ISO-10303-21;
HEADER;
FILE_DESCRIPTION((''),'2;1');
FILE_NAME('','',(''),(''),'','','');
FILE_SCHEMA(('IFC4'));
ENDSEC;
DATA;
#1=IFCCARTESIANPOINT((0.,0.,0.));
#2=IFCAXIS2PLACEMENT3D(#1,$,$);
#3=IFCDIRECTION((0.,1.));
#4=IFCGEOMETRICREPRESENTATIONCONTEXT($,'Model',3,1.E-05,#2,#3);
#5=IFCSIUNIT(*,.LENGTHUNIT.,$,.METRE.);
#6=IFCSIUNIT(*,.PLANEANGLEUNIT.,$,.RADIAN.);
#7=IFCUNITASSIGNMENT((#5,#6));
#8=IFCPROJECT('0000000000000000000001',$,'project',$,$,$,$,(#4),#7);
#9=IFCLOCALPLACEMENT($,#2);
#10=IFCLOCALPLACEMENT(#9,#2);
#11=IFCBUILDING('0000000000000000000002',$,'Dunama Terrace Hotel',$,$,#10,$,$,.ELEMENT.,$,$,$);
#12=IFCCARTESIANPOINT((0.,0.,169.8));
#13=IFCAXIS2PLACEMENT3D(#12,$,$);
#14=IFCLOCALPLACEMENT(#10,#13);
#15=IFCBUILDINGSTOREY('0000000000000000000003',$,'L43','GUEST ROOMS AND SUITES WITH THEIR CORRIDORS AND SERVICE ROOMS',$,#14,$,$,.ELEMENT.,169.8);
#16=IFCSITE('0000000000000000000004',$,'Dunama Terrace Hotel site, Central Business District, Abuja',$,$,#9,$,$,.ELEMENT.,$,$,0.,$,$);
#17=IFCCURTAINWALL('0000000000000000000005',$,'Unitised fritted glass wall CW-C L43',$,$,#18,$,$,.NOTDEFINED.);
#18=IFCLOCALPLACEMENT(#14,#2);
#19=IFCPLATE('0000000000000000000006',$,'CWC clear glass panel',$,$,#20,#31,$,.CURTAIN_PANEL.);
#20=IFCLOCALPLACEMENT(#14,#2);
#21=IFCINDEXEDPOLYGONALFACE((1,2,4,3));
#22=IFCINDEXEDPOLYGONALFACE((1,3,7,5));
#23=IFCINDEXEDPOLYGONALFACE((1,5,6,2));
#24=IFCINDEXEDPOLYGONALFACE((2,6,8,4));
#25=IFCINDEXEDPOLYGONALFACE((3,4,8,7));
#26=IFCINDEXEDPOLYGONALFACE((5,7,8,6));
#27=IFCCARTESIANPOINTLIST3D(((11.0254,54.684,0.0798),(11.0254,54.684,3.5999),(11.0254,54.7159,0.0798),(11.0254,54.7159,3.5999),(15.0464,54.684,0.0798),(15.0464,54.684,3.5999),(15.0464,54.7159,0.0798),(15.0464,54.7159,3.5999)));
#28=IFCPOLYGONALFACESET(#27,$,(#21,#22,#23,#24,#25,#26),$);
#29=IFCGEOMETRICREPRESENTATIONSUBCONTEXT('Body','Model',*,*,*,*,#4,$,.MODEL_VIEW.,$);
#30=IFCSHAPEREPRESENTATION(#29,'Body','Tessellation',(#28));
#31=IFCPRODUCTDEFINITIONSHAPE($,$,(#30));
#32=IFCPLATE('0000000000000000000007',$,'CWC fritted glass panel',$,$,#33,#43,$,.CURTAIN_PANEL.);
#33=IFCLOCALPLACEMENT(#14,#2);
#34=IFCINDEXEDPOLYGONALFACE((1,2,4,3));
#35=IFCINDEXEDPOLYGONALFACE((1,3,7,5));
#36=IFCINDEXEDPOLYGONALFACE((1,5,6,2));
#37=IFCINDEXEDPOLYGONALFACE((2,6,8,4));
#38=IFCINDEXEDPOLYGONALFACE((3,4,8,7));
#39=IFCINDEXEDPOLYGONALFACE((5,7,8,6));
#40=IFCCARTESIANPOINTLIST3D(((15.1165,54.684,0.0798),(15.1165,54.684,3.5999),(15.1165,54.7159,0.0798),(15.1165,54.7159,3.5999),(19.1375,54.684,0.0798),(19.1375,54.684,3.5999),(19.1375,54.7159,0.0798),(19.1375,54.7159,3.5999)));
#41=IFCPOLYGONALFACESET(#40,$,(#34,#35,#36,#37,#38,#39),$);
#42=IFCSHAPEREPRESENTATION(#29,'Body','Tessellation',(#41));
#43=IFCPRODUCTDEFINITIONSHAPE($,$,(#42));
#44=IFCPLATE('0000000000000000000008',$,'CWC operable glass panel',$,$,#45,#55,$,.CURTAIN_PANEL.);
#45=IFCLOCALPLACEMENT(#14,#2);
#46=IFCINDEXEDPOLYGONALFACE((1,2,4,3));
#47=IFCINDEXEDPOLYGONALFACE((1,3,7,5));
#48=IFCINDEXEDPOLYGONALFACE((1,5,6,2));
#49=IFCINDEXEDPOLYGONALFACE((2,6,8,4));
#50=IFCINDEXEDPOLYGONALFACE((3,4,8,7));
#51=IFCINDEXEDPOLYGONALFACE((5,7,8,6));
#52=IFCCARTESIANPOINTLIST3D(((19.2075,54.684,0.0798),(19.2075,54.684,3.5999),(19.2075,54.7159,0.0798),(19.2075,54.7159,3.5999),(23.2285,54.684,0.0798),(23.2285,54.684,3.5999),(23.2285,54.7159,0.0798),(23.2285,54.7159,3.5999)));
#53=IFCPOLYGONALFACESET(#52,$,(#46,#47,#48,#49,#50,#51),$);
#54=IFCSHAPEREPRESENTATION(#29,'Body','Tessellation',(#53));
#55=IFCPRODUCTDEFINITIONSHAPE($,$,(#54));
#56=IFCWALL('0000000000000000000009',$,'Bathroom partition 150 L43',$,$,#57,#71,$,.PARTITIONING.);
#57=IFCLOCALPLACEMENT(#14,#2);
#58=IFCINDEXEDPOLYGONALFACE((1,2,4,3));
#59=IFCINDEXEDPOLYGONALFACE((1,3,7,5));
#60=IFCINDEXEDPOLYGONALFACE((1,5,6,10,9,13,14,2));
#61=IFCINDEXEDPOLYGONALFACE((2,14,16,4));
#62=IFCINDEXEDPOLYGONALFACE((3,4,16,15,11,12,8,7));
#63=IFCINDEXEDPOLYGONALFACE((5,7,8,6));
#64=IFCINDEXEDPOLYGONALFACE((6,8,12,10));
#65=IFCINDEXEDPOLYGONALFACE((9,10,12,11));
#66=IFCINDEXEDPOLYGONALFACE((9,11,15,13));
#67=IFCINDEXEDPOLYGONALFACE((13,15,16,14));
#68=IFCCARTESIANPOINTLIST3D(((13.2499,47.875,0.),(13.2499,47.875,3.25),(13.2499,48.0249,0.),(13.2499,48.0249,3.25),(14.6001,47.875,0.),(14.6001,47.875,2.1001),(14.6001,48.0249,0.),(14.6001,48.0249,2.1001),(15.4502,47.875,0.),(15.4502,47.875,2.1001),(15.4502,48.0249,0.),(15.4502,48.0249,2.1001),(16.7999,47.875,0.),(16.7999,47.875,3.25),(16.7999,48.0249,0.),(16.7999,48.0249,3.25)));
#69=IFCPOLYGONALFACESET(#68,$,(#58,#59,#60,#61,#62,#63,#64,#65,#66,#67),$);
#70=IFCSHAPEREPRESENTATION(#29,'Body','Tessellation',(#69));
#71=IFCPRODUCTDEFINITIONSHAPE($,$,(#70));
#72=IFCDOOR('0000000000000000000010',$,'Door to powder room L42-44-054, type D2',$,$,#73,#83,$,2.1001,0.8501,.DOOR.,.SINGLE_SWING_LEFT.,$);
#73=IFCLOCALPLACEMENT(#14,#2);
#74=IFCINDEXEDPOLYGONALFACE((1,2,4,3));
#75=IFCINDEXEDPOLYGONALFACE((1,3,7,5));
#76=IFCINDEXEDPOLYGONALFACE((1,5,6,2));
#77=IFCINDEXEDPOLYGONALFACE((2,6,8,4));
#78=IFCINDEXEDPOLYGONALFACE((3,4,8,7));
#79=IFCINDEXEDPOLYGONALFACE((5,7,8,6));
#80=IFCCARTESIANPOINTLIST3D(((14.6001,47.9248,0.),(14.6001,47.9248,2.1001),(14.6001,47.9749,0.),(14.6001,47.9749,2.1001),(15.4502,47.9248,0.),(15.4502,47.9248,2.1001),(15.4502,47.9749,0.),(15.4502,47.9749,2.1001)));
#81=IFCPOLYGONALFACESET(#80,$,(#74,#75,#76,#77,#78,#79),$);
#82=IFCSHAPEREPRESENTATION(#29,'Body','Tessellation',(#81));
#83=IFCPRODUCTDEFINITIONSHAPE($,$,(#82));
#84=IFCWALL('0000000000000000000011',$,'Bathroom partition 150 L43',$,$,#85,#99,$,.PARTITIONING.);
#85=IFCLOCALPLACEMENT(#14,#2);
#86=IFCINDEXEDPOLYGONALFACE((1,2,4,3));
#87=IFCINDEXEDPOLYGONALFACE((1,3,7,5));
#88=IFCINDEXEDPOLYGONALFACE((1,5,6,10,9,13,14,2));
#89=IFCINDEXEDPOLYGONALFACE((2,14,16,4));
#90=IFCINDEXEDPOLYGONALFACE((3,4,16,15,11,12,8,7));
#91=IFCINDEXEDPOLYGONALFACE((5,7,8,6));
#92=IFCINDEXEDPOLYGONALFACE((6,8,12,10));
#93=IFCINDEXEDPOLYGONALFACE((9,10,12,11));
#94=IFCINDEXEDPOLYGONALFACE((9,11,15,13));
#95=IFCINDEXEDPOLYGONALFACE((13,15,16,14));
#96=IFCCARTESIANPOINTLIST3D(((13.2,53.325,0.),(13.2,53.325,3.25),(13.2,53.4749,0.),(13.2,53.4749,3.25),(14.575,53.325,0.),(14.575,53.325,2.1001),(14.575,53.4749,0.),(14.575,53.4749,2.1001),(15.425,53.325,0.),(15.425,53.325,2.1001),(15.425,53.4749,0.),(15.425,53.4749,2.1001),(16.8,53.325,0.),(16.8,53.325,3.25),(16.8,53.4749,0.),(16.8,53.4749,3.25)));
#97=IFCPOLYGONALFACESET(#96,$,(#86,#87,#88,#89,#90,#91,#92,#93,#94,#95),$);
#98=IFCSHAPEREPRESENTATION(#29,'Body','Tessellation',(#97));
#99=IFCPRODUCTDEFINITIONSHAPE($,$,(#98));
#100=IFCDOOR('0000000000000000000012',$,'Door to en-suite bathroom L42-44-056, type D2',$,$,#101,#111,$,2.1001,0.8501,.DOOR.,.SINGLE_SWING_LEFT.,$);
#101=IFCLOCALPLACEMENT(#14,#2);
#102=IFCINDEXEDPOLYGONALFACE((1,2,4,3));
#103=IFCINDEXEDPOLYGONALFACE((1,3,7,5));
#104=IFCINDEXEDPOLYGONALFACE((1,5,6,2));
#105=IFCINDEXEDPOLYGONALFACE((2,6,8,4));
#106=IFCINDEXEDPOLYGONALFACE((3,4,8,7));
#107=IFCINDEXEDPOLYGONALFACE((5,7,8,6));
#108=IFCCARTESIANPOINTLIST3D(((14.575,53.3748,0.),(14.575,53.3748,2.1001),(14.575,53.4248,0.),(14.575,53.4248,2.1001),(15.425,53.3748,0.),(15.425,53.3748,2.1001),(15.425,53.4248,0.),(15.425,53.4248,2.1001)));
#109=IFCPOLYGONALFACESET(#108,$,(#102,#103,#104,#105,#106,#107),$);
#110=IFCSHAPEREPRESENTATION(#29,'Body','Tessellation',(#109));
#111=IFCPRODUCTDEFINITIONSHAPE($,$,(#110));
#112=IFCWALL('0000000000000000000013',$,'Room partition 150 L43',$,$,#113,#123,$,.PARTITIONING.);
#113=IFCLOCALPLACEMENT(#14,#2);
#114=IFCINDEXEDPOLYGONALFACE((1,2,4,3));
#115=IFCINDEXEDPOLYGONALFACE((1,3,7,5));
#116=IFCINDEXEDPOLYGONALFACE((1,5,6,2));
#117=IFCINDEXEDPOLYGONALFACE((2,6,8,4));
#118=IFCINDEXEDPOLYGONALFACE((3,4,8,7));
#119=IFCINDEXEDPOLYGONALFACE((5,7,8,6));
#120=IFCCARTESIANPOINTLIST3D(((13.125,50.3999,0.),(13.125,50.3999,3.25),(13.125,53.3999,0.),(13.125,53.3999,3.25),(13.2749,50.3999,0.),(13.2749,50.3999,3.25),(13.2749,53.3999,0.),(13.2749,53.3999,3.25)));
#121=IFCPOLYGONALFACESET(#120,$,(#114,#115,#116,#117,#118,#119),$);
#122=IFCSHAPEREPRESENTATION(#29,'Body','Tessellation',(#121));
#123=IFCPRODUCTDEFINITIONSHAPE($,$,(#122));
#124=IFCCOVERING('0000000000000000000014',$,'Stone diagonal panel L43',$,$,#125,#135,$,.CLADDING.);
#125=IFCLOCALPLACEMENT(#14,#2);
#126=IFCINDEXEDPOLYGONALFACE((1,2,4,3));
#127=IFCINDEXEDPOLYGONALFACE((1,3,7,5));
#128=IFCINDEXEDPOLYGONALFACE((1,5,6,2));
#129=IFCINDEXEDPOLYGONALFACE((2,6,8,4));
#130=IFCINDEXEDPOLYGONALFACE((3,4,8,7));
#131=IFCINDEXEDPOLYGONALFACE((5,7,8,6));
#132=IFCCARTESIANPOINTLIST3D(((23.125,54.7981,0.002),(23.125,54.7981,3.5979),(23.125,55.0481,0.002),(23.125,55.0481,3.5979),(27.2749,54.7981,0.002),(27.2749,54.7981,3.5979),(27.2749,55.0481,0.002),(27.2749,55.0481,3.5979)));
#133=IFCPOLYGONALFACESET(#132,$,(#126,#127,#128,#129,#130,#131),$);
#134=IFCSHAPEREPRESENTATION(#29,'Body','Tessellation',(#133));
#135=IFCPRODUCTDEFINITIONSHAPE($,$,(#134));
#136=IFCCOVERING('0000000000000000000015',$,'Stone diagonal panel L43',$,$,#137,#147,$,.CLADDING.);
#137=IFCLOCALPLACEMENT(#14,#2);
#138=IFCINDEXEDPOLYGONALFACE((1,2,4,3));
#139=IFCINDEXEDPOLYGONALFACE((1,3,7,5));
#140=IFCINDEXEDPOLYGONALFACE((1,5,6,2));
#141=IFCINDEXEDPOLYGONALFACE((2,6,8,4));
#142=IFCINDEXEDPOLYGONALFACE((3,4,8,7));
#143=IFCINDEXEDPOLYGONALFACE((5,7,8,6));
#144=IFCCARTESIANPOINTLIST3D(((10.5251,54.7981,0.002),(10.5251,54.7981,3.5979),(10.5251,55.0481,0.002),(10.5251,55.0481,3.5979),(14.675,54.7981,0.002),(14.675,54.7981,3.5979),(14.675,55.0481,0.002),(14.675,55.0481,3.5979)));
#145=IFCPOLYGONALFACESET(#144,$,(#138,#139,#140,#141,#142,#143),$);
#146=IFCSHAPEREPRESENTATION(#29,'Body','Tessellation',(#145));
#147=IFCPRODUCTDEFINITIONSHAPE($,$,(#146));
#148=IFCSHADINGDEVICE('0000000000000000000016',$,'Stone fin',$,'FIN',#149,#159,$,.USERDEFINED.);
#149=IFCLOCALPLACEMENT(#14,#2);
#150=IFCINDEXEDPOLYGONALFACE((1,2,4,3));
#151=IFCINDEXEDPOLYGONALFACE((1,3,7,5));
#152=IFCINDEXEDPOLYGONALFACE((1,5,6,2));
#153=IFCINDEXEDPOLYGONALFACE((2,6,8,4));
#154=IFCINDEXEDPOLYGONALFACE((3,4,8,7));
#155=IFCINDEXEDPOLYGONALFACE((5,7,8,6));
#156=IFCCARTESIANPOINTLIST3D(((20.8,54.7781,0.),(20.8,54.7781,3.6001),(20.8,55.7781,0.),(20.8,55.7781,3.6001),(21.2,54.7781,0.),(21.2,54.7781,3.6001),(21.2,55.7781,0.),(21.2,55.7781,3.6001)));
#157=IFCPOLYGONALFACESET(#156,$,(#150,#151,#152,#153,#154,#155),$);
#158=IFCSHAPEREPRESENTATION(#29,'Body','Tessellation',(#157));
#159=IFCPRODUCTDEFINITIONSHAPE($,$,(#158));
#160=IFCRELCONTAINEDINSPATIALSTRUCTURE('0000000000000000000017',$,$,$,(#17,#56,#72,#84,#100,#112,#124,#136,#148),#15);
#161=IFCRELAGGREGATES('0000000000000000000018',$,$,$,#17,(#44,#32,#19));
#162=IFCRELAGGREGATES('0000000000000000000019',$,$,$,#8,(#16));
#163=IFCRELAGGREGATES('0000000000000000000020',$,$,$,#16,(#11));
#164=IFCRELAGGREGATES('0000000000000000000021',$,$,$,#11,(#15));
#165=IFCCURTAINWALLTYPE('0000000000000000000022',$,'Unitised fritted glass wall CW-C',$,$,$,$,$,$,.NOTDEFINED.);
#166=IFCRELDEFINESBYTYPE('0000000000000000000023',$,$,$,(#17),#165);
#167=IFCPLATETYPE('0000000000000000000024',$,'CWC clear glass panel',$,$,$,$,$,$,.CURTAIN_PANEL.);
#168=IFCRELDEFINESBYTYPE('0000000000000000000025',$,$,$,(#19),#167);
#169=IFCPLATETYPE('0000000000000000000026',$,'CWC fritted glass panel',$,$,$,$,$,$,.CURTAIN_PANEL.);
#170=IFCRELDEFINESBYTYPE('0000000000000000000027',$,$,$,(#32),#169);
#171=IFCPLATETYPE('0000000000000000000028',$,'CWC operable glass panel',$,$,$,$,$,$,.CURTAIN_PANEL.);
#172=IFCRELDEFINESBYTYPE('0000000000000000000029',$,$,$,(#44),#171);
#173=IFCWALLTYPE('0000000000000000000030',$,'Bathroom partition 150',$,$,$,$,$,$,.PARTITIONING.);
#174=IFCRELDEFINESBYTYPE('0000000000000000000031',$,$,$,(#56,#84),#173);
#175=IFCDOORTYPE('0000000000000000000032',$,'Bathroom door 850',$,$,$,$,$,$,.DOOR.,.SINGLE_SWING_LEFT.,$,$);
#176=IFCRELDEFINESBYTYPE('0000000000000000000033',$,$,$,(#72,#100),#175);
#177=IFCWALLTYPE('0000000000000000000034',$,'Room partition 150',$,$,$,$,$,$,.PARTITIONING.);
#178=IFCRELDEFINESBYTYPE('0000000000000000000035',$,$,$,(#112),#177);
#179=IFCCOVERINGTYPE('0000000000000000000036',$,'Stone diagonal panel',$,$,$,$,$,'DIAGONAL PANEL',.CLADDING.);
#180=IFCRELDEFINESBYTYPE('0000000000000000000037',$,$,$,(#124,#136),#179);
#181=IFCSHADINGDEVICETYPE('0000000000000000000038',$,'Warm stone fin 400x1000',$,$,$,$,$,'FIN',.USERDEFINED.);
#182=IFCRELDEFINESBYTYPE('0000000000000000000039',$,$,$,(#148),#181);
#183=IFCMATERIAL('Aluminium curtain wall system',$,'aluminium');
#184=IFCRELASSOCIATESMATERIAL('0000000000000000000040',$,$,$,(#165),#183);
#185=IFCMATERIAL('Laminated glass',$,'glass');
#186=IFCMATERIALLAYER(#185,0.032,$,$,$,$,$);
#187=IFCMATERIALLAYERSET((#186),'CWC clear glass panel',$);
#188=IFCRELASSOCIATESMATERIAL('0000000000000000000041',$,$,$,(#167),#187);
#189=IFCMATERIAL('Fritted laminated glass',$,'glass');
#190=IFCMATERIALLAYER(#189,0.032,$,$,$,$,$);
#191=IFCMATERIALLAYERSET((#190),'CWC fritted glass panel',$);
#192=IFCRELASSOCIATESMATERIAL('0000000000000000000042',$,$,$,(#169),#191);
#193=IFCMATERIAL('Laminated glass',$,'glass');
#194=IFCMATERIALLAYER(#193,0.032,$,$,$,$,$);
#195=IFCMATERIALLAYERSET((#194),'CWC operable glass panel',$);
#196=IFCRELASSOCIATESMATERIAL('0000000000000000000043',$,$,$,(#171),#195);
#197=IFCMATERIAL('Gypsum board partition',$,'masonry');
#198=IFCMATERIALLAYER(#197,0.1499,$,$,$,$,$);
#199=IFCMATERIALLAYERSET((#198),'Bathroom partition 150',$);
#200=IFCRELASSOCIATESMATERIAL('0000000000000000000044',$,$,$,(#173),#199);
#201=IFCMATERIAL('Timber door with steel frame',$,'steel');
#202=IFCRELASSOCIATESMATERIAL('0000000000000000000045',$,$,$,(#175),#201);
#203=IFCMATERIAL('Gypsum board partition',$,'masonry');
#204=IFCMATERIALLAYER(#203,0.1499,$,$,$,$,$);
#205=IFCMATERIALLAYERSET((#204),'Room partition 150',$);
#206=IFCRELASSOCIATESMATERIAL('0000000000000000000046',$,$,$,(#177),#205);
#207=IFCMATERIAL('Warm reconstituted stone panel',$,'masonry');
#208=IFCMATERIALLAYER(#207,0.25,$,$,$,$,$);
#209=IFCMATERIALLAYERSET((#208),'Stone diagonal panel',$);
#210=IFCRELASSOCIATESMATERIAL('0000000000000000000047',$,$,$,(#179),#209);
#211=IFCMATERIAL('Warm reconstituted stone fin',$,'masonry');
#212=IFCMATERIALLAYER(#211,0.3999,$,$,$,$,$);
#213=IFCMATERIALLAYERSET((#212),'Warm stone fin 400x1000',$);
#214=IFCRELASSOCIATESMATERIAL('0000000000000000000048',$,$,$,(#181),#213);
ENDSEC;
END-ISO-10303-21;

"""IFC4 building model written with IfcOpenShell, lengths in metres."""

from ifc_helpers import new_model, si_unit, direction, frame, frame_2d, origin, origin_2d, place, context, subcontext, project, spatial, rectangle, extrude, material, layer, layer_set, type_object, element, fill, aggregate, save


model = new_model("IFC4")

# Units and contexts
model_context = context("Model", 3, precision=1e-05, world=origin(), true_north=direction((0.0, 1.0)))
body_context = subcontext(model_context, "Body", "Model", "MODEL_VIEW")
ifc_project = project(units=[si_unit("LENGTHUNIT", "METRE"), si_unit("PLANEANGLEUNIT", "RADIAN")], contexts=[model_context])

# Site, building, storey
site_placement = place(None, origin())
site = spatial("IfcSite", under=ifc_project, at=site_placement, Name="Dunama Terrace Hotel site, Central Business District, Abuja", CompositionType="ELEMENT", RefElevation=0.0)
building_placement = place(site_placement, origin())
building = spatial("IfcBuilding", under=site, at=building_placement, Name="Dunama Terrace Hotel", CompositionType="ELEMENT")
storey_placement = place(building_placement, frame((0.0, 0.0, 169.8)))
storey = spatial("IfcBuildingStorey", under=building, at=storey_placement, Name="L43", Description="GUEST ROOMS AND SUITES WITH THEIR CORRIDORS AND SERVICE ROOMS", CompositionType="ELEMENT", Elevation=169.8)

# Curtain wall
ifc_material_1 = material(Name="Aluminium curtain wall system", Category="aluminium")
curtain_wall_type = type_object("IfcCurtainWallType", Name="Unitised fritted glass wall CW-C", PredefinedType="NOTDEFINED", material=ifc_material_1)
curtain_wall_placement = place(storey_placement, origin())
curtain_wall = element("IfcCurtainWall", 1, at=curtain_wall_placement, inside=storey, type_object=curtain_wall_type, Name="Unitised fritted glass wall CW-C L43", PredefinedType="NOTDEFINED")

# Plates
ifc_material_2 = material(Name="Laminated glass", Category="glass")
ifc_layer_1 = layer(ifc_material_2, 0.032)
ifc_layer_set_1 = layer_set([ifc_layer_1], Name="CWC clear glass panel")
plate_type_1 = type_object("IfcPlateType", Name="CWC clear glass panel", PredefinedType="CURTAIN_PANEL", material=ifc_layer_set_1)
plate_1_placement = place(storey_placement, frame((13.0359, 54.7, 0.0798), z_axis=(0.0, 0.0, 1.0), x_axis=(-1.0, 0.0, 0.0)))
plate_1 = element("IfcPlate", 2, at=plate_1_placement, type_object=plate_type_1, Name="CWC clear glass panel", PredefinedType="CURTAIN_PANEL", context=body_context, shape_type="SweptSolid", body=[
    extrude(rectangle(XDim=4.021, YDim=0.032, at=origin_2d()), origin(), (0.0, 0.0, 1.0), 3.52),
])
ifc_material_3 = material(Name="Fritted laminated glass", Category="glass")
ifc_layer_2 = layer(ifc_material_3, 0.032)
ifc_layer_set_2 = layer_set([ifc_layer_2], Name="CWC fritted glass panel")
plate_type_2 = type_object("IfcPlateType", Name="CWC fritted glass panel", PredefinedType="CURTAIN_PANEL", material=ifc_layer_set_2)
plate_2_placement = place(storey_placement, frame((17.127, 54.7, 0.0798), z_axis=(0.0, 0.0, 1.0), x_axis=(-1.0, 0.0, 0.0)))
plate_2 = element("IfcPlate", 3, at=plate_2_placement, type_object=plate_type_2, Name="CWC fritted glass panel", PredefinedType="CURTAIN_PANEL", context=body_context, shape_type="SweptSolid", body=[
    extrude(rectangle(XDim=4.021, YDim=0.032, at=origin_2d()), origin(), (0.0, 0.0, 1.0), 3.52),
])
ifc_material_4 = material(Name="Laminated glass", Category="glass")
ifc_layer_3 = layer(ifc_material_4, 0.032)
ifc_layer_set_3 = layer_set([ifc_layer_3], Name="CWC operable glass panel")
plate_type_3 = type_object("IfcPlateType", Name="CWC operable glass panel", PredefinedType="CURTAIN_PANEL", material=ifc_layer_set_3)
plate_3_placement = place(storey_placement, frame((21.218, 54.7, 0.0798), z_axis=(0.0, 0.0, 1.0), x_axis=(-1.0, 0.0, 0.0)))
plate_3 = element("IfcPlate", 4, at=plate_3_placement, type_object=plate_type_3, Name="CWC operable glass panel", PredefinedType="CURTAIN_PANEL", context=body_context, shape_type="SweptSolid", body=[
    extrude(rectangle(XDim=4.021, YDim=0.032, at=origin_2d()), origin(), (0.0, 0.0, 1.0), 3.52),
])
aggregate(curtain_wall, [plate_3, plate_2, plate_1])

# Walls, openings, doors
ifc_material_5 = material(Name="Gypsum board partition", Category="masonry")
ifc_layer_4 = layer(ifc_material_5, 0.1499)
ifc_layer_set_4 = layer_set([ifc_layer_4], Name="Bathroom partition 150")
wall_type_1 = type_object("IfcWallType", Name="Bathroom partition 150", PredefinedType="PARTITIONING", material=ifc_layer_set_4)
wall_1_placement = place(storey_placement, frame((13.25, 47.95, 0.0), z_axis=(0.0, 0.0, 1.0), x_axis=(1.0, 0.0, 0.0)))
wall_1 = element("IfcWall", 5, at=wall_1_placement, inside=storey, type_object=wall_type_1, Name="Bathroom partition 150 L43", PredefinedType="PARTITIONING", context=body_context, shape_type="SweptSolid", body=[
    extrude(rectangle(XDim=3.55, YDim=0.1499, at=frame_2d((1.7749, 0.0))), origin(), (0.0, 0.0, 1.0), 3.25),
])
opening_1_placement = place(wall_1_placement, frame((1.3501, 0.0, 0.0)))
opening_1 = element("IfcOpeningElement", 6, at=opening_1_placement, cuts=wall_1, PredefinedType="OPENING", context=body_context, shape_type="SweptSolid", body=[
    extrude(rectangle(XDim=0.8501, YDim=2.1001, at=frame_2d((0.425, 1.05))), frame((0.0, 0.085, 0.0), z_axis=(0.0, -1.0, 0.0), x_axis=(1.0, 0.0, 0.0)), (0.0, 0.0, 1.0), 0.1699),
])
ifc_material_6 = material(Name="Timber door with steel frame", Category="steel")
door_type = type_object("IfcDoorType", Name="Bathroom door 850", OperationType="SINGLE_SWING_LEFT", PredefinedType="DOOR", material=ifc_material_6)
door_1_placement = place(opening_1_placement, frame((0.8501, 0.0, 0.0), z_axis=(0.0, 0.0, 1.0), x_axis=(-1.0, 0.0, 0.0)))
door_1 = element("IfcDoor", 7, at=door_1_placement, inside=storey, type_object=door_type, Name="Door to powder room L42-44-054, type D2", OperationType="SINGLE_SWING_LEFT", OverallHeight=2.1001, OverallWidth=0.8501, PredefinedType="DOOR", context=body_context, shape_type="SweptSolid", body=[
    extrude(rectangle(XDim=0.8501, YDim=2.1001, at=frame_2d((0.425, 1.05))), frame((0.0, 0.0251, 0.0), z_axis=(0.0, -1.0, 0.0), x_axis=(1.0, 0.0, 0.0)), (0.0, 0.0, 1.0), 0.05),
])
fill(opening_1, door_1)
wall_2_placement = place(storey_placement, frame((13.2, 53.3999, 0.0), z_axis=(0.0, 0.0, 1.0), x_axis=(1.0, 0.0, 0.0)))
wall_2 = element("IfcWall", 8, at=wall_2_placement, inside=storey, type_object=wall_type_1, Name="Bathroom partition 150 L43", PredefinedType="PARTITIONING", context=body_context, shape_type="SweptSolid", body=[
    extrude(rectangle(XDim=3.6001, YDim=0.1499, at=frame_2d((1.8, 0.0))), origin(), (0.0, 0.0, 1.0), 3.25),
])
opening_2_placement = place(wall_2_placement, frame((1.375, 0.0, 0.0)))
opening_2 = element("IfcOpeningElement", 9, at=opening_2_placement, cuts=wall_2, PredefinedType="OPENING", context=body_context, shape_type="SweptSolid", body=[
    extrude(rectangle(XDim=0.8501, YDim=2.1001, at=frame_2d((0.425, 1.05))), frame((0.0, 0.085, 0.0), z_axis=(0.0, -1.0, 0.0), x_axis=(1.0, 0.0, 0.0)), (0.0, 0.0, 1.0), 0.1699),
])
door_2_placement = place(opening_2_placement, frame((0.8501, 0.0, 0.0), z_axis=(0.0, 0.0, 1.0), x_axis=(-1.0, 0.0, 0.0)))
door_2 = element("IfcDoor", 10, at=door_2_placement, inside=storey, type_object=door_type, Name="Door to en-suite bathroom L42-44-056, type D2", OperationType="SINGLE_SWING_LEFT", OverallHeight=2.1001, OverallWidth=0.8501, PredefinedType="DOOR", context=body_context, shape_type="SweptSolid", body=[
    extrude(rectangle(XDim=0.8501, YDim=2.1001, at=frame_2d((0.425, 1.05))), frame((0.0, 0.0251, 0.0), z_axis=(0.0, -1.0, 0.0), x_axis=(1.0, 0.0, 0.0)), (0.0, 0.0, 1.0), 0.05),
])
fill(opening_2, door_2)

# Wall
ifc_material_7 = material(Name="Gypsum board partition", Category="masonry")
ifc_layer_5 = layer(ifc_material_7, 0.1499)
ifc_layer_set_5 = layer_set([ifc_layer_5], Name="Room partition 150")
wall_type_2 = type_object("IfcWallType", Name="Room partition 150", PredefinedType="PARTITIONING", material=ifc_layer_set_5)
wall_3_placement = place(storey_placement, frame((13.2, 50.3999, 0.0), z_axis=(0.0, 0.0, 1.0), x_axis=(0.0, 1.0, 0.0)))
element("IfcWall", 11, at=wall_3_placement, inside=storey, type_object=wall_type_2, Name="Room partition 150 L43", PredefinedType="PARTITIONING", context=body_context, shape_type="SweptSolid", body=[
    extrude(rectangle(XDim=3.0, YDim=0.1499, at=frame_2d((1.5, 0.0))), origin(), (0.0, 0.0, 1.0), 3.25),
])

# Coverings
ifc_material_8 = material(Name="Warm reconstituted stone panel", Category="masonry")
ifc_layer_6 = layer(ifc_material_8, 0.25)
ifc_layer_set_6 = layer_set([ifc_layer_6], Name="Stone diagonal panel")
covering_type = type_object("IfcCoveringType", Name="Stone diagonal panel", ElementType="DIAGONAL PANEL", PredefinedType="CLADDING", material=ifc_layer_set_6)
for number, where, z_axis, x_axis, name in (
    (12, (25.2, 54.9231, 0.002), (0.0, 0.0, 1.0), (-1.0, 0.0, 0.0), "Stone diagonal panel L43"),
    (13, (12.6001, 54.9231, 0.002), (0.0, 0.0, 1.0), (-1.0, 0.0, 0.0), "Stone diagonal panel L43"),
):
    element("IfcCovering", number, at=place(storey_placement, frame(where, z_axis=z_axis, x_axis=x_axis)), inside=storey, type_object=covering_type, Name=name, PredefinedType="CLADDING", context=body_context, shape_type="SweptSolid", body=[
        extrude(rectangle(XDim=4.1499, YDim=0.25, at=origin_2d()), origin(), (0.0, 0.0, 1.0), 3.5959),
    ])

# Shading device
ifc_material_9 = material(Name="Warm reconstituted stone fin", Category="masonry")
ifc_layer_7 = layer(ifc_material_9, 0.3999)
ifc_layer_set_7 = layer_set([ifc_layer_7], Name="Warm stone fin 400x1000")
shading_device_type = type_object("IfcShadingDeviceType", Name="Warm stone fin 400x1000", ElementType="FIN", PredefinedType="USERDEFINED", material=ifc_layer_set_7)
shading_device_placement = place(storey_placement, frame((21.0, 55.2781, 0.0), z_axis=(0.0, 0.0, 1.0), x_axis=(-1.0, 0.0, 0.0)))
element("IfcShadingDevice", 14, at=shading_device_placement, inside=storey, type_object=shading_device_type, Name="Stone fin", ObjectType="FIN", PredefinedType="USERDEFINED", context=body_context, shape_type="SweptSolid", body=[
    extrude(rectangle(XDim=0.3999, YDim=1.0, at=origin_2d()), origin(), (0.0, 0.0, 1.0), 3.6001),
])

save(model, "model.ifc")
